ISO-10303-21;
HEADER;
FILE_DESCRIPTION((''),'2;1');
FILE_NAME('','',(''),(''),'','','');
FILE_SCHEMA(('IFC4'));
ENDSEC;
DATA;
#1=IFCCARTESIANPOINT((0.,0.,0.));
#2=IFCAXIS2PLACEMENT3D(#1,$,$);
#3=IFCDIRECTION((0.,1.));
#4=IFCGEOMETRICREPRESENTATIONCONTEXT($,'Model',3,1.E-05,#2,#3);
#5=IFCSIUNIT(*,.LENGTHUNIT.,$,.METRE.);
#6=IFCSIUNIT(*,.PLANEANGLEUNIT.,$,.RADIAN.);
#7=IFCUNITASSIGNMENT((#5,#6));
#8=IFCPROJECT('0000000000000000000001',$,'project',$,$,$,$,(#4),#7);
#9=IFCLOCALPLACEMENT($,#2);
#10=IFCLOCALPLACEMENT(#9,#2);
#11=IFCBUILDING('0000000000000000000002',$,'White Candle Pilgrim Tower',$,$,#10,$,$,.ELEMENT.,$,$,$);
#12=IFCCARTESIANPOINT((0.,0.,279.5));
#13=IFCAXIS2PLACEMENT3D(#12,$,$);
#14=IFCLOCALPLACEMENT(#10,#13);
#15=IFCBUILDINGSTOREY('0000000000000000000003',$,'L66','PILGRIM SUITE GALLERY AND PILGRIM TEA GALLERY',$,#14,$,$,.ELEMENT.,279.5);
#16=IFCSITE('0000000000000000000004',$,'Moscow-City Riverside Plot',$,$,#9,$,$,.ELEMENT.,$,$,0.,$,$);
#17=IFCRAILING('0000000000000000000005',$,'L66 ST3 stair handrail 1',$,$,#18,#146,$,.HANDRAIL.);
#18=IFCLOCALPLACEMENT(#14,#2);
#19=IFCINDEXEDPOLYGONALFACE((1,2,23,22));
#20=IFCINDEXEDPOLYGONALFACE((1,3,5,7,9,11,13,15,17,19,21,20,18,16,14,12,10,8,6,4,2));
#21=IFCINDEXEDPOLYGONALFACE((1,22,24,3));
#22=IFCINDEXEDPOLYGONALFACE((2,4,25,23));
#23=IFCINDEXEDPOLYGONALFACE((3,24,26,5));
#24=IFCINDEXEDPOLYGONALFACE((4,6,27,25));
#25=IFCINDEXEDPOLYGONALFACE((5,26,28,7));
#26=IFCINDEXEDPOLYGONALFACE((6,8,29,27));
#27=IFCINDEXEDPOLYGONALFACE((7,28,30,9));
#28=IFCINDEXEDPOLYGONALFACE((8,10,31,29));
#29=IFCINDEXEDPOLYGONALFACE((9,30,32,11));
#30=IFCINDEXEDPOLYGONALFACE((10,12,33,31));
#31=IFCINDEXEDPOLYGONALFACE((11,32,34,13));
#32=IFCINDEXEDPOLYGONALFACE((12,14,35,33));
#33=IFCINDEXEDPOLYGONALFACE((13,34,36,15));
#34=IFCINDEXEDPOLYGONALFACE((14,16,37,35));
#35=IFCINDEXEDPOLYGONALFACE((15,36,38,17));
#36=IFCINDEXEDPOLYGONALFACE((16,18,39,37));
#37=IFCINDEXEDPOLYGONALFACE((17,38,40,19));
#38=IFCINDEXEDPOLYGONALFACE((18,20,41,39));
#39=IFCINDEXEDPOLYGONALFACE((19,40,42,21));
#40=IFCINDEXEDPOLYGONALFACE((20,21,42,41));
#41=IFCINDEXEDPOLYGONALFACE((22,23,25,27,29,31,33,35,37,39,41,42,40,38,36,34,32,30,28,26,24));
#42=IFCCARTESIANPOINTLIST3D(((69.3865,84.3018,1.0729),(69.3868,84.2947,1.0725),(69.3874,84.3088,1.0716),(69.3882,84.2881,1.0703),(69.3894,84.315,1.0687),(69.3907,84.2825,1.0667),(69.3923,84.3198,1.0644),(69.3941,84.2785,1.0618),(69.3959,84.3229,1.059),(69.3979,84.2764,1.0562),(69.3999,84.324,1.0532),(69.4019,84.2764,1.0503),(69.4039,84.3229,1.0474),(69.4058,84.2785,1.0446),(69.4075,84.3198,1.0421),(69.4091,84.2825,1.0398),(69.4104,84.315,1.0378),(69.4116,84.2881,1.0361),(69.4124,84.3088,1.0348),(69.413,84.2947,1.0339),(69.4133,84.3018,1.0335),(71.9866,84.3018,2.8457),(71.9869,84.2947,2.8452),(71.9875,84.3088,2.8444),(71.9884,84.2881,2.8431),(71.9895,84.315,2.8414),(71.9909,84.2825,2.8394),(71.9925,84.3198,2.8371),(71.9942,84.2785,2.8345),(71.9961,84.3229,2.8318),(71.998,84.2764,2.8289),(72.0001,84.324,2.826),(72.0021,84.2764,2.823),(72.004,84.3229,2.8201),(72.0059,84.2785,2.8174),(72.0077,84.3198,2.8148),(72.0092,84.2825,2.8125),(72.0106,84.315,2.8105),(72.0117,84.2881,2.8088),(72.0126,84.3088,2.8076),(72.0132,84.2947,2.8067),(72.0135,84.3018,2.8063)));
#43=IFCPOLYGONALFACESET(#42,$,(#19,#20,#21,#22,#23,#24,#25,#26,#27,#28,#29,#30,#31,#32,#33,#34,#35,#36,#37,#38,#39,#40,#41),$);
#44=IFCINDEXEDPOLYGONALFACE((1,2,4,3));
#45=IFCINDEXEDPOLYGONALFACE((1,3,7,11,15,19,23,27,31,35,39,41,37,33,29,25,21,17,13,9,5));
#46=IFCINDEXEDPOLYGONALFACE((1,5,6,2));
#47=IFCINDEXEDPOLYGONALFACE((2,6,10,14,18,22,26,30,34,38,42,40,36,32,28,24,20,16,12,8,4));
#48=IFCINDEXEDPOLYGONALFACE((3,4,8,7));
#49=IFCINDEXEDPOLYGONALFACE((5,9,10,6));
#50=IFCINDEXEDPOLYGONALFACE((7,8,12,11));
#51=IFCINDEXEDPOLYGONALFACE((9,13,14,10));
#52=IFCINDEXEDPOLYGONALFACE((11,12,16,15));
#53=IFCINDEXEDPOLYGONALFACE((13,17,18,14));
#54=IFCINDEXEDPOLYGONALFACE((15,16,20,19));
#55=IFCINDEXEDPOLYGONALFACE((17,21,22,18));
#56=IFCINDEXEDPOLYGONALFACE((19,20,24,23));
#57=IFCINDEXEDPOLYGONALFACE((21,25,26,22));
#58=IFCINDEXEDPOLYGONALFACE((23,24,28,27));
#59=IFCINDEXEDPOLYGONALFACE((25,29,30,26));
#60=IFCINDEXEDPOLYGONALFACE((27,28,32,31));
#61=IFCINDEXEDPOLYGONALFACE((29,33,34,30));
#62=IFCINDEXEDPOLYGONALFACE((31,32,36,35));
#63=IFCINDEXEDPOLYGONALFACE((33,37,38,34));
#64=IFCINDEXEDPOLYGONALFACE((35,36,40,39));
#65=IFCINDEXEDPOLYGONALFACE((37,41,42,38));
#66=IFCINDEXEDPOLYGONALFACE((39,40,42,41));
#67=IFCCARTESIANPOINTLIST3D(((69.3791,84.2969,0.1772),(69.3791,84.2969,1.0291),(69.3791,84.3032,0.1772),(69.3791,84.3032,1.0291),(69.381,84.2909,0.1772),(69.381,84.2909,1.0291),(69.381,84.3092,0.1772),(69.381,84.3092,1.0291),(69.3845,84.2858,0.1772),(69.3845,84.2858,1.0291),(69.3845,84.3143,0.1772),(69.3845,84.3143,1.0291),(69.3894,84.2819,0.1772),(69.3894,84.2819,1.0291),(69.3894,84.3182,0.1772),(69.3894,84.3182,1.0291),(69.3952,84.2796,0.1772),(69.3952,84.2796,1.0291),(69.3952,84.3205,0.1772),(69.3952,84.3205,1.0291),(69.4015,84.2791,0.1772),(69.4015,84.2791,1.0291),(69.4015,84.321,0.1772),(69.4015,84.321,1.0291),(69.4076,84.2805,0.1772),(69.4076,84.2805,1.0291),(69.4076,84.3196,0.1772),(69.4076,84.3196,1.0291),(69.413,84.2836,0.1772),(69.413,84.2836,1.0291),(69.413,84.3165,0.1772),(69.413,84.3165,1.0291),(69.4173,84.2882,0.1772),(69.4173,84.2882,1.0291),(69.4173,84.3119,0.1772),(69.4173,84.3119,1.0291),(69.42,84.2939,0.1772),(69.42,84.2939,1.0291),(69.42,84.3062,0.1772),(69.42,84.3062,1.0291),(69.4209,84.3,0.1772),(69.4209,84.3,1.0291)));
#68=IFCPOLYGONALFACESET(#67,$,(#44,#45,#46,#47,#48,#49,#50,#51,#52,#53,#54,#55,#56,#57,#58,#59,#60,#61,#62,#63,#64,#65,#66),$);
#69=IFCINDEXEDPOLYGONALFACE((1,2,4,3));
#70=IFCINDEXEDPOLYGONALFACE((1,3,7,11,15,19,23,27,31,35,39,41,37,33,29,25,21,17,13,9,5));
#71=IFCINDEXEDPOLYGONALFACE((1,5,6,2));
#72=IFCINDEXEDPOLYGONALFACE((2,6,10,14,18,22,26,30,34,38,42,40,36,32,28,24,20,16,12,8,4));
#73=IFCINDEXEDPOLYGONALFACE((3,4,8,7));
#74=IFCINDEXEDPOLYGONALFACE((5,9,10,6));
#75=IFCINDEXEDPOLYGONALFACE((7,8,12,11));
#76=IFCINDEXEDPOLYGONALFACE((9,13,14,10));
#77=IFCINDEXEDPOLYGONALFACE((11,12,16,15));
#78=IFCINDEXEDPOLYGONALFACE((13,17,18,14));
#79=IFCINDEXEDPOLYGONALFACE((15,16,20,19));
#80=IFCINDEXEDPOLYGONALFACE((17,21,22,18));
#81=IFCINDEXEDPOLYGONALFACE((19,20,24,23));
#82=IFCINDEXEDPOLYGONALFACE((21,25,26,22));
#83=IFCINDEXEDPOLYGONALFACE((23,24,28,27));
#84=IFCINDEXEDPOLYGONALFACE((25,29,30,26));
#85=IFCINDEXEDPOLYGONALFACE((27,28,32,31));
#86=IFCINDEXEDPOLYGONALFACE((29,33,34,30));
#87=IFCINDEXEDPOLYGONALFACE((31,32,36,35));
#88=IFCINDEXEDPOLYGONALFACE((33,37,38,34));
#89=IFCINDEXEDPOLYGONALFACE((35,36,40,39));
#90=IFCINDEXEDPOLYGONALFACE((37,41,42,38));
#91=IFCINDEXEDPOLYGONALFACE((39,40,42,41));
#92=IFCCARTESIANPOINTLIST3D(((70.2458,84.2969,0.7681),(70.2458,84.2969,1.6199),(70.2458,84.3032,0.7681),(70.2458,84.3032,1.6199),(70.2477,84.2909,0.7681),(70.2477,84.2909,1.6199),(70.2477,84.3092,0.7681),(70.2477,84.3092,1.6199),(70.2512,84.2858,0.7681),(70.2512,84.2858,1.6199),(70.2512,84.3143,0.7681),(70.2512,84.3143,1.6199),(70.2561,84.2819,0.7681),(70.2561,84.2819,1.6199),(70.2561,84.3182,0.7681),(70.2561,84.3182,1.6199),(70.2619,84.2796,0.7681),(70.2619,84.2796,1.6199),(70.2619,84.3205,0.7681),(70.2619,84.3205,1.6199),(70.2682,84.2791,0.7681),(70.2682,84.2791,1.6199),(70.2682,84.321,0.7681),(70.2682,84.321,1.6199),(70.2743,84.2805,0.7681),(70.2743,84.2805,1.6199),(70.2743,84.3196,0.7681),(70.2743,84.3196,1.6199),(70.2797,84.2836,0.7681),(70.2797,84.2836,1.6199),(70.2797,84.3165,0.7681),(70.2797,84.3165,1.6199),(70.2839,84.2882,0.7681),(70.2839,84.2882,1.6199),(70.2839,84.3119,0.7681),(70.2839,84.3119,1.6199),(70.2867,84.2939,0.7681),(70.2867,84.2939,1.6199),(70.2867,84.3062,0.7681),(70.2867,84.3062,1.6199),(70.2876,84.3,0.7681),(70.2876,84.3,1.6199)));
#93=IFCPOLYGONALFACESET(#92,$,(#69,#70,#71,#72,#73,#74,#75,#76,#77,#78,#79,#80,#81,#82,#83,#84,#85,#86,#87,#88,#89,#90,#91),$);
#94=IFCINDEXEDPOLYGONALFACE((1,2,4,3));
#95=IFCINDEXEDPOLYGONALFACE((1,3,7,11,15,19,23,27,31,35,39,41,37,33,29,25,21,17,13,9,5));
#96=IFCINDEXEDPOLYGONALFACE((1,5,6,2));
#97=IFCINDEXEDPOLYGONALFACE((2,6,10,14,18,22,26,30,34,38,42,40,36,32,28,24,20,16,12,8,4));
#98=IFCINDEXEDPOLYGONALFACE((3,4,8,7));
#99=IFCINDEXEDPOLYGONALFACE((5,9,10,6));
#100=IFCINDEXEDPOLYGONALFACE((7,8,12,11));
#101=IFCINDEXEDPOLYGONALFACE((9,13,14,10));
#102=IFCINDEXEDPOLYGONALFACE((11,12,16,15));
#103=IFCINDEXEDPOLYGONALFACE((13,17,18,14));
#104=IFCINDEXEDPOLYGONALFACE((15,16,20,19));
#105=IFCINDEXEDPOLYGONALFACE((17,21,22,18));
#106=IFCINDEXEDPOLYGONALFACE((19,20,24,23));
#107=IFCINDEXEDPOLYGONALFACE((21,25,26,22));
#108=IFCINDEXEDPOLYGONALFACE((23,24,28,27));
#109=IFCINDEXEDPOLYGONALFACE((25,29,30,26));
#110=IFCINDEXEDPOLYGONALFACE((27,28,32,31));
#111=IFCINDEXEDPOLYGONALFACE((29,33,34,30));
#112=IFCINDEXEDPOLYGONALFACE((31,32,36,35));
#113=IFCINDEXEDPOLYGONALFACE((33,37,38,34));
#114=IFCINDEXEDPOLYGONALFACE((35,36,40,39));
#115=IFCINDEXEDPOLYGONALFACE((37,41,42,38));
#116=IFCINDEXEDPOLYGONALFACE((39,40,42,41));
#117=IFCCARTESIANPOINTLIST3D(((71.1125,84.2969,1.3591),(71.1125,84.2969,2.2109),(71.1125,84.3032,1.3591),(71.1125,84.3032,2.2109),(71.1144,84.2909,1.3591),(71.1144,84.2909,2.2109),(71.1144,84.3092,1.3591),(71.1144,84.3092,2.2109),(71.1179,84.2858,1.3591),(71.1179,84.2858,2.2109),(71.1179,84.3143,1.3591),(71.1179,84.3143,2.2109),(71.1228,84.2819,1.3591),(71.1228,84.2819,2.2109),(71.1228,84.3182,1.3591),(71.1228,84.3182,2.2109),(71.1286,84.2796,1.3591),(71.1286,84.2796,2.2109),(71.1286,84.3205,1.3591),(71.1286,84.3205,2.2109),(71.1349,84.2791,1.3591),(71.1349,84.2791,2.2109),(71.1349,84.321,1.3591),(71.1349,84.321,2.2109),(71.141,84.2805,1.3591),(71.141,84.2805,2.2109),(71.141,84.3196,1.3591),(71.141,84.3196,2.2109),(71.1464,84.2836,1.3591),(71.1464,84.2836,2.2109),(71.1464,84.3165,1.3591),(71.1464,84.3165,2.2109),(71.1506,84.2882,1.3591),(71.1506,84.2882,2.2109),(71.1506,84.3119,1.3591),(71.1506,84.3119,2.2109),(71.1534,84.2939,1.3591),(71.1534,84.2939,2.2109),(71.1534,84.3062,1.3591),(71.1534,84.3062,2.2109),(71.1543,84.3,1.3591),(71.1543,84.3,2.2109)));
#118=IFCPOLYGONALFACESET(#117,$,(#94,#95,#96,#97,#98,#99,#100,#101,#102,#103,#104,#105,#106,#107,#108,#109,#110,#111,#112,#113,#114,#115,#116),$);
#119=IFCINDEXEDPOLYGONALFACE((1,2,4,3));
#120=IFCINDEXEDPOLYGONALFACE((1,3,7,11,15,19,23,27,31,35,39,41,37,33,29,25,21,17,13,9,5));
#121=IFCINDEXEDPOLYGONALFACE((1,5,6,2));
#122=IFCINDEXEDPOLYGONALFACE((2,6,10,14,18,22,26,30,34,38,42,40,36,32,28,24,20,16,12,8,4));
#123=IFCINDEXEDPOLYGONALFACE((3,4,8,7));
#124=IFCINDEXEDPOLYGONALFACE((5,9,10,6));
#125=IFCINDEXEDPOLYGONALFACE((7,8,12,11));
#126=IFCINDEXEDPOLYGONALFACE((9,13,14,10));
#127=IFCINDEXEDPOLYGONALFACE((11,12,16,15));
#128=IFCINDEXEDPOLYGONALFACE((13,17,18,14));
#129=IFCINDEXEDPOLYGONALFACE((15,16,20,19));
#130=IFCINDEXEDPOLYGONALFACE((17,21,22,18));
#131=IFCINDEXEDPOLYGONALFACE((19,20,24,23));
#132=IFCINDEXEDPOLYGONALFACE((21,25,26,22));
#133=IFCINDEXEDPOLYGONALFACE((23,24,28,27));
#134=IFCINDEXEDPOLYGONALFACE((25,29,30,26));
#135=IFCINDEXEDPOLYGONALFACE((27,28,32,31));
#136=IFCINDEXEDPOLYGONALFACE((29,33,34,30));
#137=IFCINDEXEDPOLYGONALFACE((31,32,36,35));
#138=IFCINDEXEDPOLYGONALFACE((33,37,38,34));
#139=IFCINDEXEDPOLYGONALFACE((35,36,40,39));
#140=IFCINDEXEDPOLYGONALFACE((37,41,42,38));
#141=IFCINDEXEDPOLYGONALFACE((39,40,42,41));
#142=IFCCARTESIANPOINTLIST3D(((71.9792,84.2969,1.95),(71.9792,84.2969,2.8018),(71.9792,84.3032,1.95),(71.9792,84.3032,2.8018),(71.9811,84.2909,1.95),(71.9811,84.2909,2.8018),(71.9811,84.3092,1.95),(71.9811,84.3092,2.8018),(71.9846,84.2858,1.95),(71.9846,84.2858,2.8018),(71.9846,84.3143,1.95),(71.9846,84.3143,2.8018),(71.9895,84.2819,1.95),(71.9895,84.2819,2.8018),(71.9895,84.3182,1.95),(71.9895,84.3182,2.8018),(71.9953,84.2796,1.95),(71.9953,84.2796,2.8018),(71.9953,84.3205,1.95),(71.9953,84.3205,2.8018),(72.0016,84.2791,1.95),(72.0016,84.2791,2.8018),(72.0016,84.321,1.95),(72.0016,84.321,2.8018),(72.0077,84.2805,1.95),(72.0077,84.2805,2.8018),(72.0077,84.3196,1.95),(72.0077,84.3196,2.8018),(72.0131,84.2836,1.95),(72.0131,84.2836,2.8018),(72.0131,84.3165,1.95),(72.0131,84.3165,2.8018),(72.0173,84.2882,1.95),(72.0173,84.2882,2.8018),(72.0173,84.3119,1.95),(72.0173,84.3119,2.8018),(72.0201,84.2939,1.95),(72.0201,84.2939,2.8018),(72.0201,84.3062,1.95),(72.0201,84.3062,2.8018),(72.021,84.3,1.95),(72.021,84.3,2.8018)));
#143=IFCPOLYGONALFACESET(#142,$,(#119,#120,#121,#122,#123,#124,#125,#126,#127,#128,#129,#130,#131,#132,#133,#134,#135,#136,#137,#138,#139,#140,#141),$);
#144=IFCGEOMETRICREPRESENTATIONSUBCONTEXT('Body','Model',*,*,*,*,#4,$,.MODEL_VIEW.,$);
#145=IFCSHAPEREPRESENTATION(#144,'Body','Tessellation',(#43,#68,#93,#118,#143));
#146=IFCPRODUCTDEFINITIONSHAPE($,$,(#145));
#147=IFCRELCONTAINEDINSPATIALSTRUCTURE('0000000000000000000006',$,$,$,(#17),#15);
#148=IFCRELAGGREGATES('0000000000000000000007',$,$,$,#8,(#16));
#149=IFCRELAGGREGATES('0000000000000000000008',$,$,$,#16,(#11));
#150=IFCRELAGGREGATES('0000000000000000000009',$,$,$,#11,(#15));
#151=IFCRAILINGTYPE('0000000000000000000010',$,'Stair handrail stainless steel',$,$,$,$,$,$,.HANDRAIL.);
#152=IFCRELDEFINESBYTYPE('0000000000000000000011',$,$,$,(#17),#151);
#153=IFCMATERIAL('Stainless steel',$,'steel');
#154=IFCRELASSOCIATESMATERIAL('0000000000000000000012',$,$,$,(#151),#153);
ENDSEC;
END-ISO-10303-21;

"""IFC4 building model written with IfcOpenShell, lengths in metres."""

from ifc_helpers import new_model, si_unit, direction, frame, origin, origin_2d, place, context, subcontext, project, spatial, circle, extrude, material, type_object, element, save


model = new_model("IFC4")

# Units and contexts
model_context = context("Model", 3, precision=1e-05, world=origin(), true_north=direction((0.0, 1.0)))
body_context = subcontext(model_context, "Body", "Model", "MODEL_VIEW")
ifc_project = project(units=[si_unit("LENGTHUNIT", "METRE"), si_unit("PLANEANGLEUNIT", "RADIAN")], contexts=[model_context])

# Site, building, storey
site_placement = place(None, origin())
site = spatial("IfcSite", under=ifc_project, at=site_placement, Name="Moscow-City Riverside Plot", CompositionType="ELEMENT", RefElevation=0.0)
building_placement = place(site_placement, origin())
building = spatial("IfcBuilding", under=site, at=building_placement, Name="White Candle Pilgrim Tower", CompositionType="ELEMENT")
storey_placement = place(building_placement, frame((0.0, 0.0, 279.5)))
storey = spatial("IfcBuildingStorey", under=building, at=storey_placement, Name="L66", Description="PILGRIM SUITE GALLERY AND PILGRIM TEA GALLERY", CompositionType="ELEMENT", Elevation=279.5)

# Railing
ifc_material_1 = material(Name="Stainless steel", Category="steel")
railing_type_1 = type_object("IfcRailingType", Name="Stair handrail stainless steel", PredefinedType="HANDRAIL", material=ifc_material_1)
railing_1_placement = place(storey_placement, frame((69.3999, 84.3, 0.1772)))
element("IfcRailing", 1, at=railing_1_placement, inside=storey, type_object=railing_type_1, Name="L66 ST3 stair handrail 1", PredefinedType="HANDRAIL", context=body_context, shape_type="SweptSolid", body=[
    extrude(circle(Radius=0.0239, at=origin_2d()), frame((0.0, 0.0, 0.876), z_axis=(0.82624, 0.0, 0.563318), x_axis=(0.0, 1.0, 0.0)), (0.0, 0.0, 1.0), 3.147),
    extrude(circle(Radius=0.021, at=origin_2d()), origin(), (0.0, 0.0, 1.0), 0.8518),
    extrude(circle(Radius=0.021, at=origin_2d()), frame((0.8667, 0.0, 0.5908)), (0.0, 0.0, 1.0), 0.8518),
    extrude(circle(Radius=0.021, at=origin_2d()), frame((1.7334, 0.0, 1.1819)), (0.0, 0.0, 1.0), 0.8518),
    extrude(circle(Radius=0.021, at=origin_2d()), frame((2.6001, 0.0, 1.7727)), (0.0, 0.0, 1.0), 0.8518),
])

save(model, "model.ifc")
